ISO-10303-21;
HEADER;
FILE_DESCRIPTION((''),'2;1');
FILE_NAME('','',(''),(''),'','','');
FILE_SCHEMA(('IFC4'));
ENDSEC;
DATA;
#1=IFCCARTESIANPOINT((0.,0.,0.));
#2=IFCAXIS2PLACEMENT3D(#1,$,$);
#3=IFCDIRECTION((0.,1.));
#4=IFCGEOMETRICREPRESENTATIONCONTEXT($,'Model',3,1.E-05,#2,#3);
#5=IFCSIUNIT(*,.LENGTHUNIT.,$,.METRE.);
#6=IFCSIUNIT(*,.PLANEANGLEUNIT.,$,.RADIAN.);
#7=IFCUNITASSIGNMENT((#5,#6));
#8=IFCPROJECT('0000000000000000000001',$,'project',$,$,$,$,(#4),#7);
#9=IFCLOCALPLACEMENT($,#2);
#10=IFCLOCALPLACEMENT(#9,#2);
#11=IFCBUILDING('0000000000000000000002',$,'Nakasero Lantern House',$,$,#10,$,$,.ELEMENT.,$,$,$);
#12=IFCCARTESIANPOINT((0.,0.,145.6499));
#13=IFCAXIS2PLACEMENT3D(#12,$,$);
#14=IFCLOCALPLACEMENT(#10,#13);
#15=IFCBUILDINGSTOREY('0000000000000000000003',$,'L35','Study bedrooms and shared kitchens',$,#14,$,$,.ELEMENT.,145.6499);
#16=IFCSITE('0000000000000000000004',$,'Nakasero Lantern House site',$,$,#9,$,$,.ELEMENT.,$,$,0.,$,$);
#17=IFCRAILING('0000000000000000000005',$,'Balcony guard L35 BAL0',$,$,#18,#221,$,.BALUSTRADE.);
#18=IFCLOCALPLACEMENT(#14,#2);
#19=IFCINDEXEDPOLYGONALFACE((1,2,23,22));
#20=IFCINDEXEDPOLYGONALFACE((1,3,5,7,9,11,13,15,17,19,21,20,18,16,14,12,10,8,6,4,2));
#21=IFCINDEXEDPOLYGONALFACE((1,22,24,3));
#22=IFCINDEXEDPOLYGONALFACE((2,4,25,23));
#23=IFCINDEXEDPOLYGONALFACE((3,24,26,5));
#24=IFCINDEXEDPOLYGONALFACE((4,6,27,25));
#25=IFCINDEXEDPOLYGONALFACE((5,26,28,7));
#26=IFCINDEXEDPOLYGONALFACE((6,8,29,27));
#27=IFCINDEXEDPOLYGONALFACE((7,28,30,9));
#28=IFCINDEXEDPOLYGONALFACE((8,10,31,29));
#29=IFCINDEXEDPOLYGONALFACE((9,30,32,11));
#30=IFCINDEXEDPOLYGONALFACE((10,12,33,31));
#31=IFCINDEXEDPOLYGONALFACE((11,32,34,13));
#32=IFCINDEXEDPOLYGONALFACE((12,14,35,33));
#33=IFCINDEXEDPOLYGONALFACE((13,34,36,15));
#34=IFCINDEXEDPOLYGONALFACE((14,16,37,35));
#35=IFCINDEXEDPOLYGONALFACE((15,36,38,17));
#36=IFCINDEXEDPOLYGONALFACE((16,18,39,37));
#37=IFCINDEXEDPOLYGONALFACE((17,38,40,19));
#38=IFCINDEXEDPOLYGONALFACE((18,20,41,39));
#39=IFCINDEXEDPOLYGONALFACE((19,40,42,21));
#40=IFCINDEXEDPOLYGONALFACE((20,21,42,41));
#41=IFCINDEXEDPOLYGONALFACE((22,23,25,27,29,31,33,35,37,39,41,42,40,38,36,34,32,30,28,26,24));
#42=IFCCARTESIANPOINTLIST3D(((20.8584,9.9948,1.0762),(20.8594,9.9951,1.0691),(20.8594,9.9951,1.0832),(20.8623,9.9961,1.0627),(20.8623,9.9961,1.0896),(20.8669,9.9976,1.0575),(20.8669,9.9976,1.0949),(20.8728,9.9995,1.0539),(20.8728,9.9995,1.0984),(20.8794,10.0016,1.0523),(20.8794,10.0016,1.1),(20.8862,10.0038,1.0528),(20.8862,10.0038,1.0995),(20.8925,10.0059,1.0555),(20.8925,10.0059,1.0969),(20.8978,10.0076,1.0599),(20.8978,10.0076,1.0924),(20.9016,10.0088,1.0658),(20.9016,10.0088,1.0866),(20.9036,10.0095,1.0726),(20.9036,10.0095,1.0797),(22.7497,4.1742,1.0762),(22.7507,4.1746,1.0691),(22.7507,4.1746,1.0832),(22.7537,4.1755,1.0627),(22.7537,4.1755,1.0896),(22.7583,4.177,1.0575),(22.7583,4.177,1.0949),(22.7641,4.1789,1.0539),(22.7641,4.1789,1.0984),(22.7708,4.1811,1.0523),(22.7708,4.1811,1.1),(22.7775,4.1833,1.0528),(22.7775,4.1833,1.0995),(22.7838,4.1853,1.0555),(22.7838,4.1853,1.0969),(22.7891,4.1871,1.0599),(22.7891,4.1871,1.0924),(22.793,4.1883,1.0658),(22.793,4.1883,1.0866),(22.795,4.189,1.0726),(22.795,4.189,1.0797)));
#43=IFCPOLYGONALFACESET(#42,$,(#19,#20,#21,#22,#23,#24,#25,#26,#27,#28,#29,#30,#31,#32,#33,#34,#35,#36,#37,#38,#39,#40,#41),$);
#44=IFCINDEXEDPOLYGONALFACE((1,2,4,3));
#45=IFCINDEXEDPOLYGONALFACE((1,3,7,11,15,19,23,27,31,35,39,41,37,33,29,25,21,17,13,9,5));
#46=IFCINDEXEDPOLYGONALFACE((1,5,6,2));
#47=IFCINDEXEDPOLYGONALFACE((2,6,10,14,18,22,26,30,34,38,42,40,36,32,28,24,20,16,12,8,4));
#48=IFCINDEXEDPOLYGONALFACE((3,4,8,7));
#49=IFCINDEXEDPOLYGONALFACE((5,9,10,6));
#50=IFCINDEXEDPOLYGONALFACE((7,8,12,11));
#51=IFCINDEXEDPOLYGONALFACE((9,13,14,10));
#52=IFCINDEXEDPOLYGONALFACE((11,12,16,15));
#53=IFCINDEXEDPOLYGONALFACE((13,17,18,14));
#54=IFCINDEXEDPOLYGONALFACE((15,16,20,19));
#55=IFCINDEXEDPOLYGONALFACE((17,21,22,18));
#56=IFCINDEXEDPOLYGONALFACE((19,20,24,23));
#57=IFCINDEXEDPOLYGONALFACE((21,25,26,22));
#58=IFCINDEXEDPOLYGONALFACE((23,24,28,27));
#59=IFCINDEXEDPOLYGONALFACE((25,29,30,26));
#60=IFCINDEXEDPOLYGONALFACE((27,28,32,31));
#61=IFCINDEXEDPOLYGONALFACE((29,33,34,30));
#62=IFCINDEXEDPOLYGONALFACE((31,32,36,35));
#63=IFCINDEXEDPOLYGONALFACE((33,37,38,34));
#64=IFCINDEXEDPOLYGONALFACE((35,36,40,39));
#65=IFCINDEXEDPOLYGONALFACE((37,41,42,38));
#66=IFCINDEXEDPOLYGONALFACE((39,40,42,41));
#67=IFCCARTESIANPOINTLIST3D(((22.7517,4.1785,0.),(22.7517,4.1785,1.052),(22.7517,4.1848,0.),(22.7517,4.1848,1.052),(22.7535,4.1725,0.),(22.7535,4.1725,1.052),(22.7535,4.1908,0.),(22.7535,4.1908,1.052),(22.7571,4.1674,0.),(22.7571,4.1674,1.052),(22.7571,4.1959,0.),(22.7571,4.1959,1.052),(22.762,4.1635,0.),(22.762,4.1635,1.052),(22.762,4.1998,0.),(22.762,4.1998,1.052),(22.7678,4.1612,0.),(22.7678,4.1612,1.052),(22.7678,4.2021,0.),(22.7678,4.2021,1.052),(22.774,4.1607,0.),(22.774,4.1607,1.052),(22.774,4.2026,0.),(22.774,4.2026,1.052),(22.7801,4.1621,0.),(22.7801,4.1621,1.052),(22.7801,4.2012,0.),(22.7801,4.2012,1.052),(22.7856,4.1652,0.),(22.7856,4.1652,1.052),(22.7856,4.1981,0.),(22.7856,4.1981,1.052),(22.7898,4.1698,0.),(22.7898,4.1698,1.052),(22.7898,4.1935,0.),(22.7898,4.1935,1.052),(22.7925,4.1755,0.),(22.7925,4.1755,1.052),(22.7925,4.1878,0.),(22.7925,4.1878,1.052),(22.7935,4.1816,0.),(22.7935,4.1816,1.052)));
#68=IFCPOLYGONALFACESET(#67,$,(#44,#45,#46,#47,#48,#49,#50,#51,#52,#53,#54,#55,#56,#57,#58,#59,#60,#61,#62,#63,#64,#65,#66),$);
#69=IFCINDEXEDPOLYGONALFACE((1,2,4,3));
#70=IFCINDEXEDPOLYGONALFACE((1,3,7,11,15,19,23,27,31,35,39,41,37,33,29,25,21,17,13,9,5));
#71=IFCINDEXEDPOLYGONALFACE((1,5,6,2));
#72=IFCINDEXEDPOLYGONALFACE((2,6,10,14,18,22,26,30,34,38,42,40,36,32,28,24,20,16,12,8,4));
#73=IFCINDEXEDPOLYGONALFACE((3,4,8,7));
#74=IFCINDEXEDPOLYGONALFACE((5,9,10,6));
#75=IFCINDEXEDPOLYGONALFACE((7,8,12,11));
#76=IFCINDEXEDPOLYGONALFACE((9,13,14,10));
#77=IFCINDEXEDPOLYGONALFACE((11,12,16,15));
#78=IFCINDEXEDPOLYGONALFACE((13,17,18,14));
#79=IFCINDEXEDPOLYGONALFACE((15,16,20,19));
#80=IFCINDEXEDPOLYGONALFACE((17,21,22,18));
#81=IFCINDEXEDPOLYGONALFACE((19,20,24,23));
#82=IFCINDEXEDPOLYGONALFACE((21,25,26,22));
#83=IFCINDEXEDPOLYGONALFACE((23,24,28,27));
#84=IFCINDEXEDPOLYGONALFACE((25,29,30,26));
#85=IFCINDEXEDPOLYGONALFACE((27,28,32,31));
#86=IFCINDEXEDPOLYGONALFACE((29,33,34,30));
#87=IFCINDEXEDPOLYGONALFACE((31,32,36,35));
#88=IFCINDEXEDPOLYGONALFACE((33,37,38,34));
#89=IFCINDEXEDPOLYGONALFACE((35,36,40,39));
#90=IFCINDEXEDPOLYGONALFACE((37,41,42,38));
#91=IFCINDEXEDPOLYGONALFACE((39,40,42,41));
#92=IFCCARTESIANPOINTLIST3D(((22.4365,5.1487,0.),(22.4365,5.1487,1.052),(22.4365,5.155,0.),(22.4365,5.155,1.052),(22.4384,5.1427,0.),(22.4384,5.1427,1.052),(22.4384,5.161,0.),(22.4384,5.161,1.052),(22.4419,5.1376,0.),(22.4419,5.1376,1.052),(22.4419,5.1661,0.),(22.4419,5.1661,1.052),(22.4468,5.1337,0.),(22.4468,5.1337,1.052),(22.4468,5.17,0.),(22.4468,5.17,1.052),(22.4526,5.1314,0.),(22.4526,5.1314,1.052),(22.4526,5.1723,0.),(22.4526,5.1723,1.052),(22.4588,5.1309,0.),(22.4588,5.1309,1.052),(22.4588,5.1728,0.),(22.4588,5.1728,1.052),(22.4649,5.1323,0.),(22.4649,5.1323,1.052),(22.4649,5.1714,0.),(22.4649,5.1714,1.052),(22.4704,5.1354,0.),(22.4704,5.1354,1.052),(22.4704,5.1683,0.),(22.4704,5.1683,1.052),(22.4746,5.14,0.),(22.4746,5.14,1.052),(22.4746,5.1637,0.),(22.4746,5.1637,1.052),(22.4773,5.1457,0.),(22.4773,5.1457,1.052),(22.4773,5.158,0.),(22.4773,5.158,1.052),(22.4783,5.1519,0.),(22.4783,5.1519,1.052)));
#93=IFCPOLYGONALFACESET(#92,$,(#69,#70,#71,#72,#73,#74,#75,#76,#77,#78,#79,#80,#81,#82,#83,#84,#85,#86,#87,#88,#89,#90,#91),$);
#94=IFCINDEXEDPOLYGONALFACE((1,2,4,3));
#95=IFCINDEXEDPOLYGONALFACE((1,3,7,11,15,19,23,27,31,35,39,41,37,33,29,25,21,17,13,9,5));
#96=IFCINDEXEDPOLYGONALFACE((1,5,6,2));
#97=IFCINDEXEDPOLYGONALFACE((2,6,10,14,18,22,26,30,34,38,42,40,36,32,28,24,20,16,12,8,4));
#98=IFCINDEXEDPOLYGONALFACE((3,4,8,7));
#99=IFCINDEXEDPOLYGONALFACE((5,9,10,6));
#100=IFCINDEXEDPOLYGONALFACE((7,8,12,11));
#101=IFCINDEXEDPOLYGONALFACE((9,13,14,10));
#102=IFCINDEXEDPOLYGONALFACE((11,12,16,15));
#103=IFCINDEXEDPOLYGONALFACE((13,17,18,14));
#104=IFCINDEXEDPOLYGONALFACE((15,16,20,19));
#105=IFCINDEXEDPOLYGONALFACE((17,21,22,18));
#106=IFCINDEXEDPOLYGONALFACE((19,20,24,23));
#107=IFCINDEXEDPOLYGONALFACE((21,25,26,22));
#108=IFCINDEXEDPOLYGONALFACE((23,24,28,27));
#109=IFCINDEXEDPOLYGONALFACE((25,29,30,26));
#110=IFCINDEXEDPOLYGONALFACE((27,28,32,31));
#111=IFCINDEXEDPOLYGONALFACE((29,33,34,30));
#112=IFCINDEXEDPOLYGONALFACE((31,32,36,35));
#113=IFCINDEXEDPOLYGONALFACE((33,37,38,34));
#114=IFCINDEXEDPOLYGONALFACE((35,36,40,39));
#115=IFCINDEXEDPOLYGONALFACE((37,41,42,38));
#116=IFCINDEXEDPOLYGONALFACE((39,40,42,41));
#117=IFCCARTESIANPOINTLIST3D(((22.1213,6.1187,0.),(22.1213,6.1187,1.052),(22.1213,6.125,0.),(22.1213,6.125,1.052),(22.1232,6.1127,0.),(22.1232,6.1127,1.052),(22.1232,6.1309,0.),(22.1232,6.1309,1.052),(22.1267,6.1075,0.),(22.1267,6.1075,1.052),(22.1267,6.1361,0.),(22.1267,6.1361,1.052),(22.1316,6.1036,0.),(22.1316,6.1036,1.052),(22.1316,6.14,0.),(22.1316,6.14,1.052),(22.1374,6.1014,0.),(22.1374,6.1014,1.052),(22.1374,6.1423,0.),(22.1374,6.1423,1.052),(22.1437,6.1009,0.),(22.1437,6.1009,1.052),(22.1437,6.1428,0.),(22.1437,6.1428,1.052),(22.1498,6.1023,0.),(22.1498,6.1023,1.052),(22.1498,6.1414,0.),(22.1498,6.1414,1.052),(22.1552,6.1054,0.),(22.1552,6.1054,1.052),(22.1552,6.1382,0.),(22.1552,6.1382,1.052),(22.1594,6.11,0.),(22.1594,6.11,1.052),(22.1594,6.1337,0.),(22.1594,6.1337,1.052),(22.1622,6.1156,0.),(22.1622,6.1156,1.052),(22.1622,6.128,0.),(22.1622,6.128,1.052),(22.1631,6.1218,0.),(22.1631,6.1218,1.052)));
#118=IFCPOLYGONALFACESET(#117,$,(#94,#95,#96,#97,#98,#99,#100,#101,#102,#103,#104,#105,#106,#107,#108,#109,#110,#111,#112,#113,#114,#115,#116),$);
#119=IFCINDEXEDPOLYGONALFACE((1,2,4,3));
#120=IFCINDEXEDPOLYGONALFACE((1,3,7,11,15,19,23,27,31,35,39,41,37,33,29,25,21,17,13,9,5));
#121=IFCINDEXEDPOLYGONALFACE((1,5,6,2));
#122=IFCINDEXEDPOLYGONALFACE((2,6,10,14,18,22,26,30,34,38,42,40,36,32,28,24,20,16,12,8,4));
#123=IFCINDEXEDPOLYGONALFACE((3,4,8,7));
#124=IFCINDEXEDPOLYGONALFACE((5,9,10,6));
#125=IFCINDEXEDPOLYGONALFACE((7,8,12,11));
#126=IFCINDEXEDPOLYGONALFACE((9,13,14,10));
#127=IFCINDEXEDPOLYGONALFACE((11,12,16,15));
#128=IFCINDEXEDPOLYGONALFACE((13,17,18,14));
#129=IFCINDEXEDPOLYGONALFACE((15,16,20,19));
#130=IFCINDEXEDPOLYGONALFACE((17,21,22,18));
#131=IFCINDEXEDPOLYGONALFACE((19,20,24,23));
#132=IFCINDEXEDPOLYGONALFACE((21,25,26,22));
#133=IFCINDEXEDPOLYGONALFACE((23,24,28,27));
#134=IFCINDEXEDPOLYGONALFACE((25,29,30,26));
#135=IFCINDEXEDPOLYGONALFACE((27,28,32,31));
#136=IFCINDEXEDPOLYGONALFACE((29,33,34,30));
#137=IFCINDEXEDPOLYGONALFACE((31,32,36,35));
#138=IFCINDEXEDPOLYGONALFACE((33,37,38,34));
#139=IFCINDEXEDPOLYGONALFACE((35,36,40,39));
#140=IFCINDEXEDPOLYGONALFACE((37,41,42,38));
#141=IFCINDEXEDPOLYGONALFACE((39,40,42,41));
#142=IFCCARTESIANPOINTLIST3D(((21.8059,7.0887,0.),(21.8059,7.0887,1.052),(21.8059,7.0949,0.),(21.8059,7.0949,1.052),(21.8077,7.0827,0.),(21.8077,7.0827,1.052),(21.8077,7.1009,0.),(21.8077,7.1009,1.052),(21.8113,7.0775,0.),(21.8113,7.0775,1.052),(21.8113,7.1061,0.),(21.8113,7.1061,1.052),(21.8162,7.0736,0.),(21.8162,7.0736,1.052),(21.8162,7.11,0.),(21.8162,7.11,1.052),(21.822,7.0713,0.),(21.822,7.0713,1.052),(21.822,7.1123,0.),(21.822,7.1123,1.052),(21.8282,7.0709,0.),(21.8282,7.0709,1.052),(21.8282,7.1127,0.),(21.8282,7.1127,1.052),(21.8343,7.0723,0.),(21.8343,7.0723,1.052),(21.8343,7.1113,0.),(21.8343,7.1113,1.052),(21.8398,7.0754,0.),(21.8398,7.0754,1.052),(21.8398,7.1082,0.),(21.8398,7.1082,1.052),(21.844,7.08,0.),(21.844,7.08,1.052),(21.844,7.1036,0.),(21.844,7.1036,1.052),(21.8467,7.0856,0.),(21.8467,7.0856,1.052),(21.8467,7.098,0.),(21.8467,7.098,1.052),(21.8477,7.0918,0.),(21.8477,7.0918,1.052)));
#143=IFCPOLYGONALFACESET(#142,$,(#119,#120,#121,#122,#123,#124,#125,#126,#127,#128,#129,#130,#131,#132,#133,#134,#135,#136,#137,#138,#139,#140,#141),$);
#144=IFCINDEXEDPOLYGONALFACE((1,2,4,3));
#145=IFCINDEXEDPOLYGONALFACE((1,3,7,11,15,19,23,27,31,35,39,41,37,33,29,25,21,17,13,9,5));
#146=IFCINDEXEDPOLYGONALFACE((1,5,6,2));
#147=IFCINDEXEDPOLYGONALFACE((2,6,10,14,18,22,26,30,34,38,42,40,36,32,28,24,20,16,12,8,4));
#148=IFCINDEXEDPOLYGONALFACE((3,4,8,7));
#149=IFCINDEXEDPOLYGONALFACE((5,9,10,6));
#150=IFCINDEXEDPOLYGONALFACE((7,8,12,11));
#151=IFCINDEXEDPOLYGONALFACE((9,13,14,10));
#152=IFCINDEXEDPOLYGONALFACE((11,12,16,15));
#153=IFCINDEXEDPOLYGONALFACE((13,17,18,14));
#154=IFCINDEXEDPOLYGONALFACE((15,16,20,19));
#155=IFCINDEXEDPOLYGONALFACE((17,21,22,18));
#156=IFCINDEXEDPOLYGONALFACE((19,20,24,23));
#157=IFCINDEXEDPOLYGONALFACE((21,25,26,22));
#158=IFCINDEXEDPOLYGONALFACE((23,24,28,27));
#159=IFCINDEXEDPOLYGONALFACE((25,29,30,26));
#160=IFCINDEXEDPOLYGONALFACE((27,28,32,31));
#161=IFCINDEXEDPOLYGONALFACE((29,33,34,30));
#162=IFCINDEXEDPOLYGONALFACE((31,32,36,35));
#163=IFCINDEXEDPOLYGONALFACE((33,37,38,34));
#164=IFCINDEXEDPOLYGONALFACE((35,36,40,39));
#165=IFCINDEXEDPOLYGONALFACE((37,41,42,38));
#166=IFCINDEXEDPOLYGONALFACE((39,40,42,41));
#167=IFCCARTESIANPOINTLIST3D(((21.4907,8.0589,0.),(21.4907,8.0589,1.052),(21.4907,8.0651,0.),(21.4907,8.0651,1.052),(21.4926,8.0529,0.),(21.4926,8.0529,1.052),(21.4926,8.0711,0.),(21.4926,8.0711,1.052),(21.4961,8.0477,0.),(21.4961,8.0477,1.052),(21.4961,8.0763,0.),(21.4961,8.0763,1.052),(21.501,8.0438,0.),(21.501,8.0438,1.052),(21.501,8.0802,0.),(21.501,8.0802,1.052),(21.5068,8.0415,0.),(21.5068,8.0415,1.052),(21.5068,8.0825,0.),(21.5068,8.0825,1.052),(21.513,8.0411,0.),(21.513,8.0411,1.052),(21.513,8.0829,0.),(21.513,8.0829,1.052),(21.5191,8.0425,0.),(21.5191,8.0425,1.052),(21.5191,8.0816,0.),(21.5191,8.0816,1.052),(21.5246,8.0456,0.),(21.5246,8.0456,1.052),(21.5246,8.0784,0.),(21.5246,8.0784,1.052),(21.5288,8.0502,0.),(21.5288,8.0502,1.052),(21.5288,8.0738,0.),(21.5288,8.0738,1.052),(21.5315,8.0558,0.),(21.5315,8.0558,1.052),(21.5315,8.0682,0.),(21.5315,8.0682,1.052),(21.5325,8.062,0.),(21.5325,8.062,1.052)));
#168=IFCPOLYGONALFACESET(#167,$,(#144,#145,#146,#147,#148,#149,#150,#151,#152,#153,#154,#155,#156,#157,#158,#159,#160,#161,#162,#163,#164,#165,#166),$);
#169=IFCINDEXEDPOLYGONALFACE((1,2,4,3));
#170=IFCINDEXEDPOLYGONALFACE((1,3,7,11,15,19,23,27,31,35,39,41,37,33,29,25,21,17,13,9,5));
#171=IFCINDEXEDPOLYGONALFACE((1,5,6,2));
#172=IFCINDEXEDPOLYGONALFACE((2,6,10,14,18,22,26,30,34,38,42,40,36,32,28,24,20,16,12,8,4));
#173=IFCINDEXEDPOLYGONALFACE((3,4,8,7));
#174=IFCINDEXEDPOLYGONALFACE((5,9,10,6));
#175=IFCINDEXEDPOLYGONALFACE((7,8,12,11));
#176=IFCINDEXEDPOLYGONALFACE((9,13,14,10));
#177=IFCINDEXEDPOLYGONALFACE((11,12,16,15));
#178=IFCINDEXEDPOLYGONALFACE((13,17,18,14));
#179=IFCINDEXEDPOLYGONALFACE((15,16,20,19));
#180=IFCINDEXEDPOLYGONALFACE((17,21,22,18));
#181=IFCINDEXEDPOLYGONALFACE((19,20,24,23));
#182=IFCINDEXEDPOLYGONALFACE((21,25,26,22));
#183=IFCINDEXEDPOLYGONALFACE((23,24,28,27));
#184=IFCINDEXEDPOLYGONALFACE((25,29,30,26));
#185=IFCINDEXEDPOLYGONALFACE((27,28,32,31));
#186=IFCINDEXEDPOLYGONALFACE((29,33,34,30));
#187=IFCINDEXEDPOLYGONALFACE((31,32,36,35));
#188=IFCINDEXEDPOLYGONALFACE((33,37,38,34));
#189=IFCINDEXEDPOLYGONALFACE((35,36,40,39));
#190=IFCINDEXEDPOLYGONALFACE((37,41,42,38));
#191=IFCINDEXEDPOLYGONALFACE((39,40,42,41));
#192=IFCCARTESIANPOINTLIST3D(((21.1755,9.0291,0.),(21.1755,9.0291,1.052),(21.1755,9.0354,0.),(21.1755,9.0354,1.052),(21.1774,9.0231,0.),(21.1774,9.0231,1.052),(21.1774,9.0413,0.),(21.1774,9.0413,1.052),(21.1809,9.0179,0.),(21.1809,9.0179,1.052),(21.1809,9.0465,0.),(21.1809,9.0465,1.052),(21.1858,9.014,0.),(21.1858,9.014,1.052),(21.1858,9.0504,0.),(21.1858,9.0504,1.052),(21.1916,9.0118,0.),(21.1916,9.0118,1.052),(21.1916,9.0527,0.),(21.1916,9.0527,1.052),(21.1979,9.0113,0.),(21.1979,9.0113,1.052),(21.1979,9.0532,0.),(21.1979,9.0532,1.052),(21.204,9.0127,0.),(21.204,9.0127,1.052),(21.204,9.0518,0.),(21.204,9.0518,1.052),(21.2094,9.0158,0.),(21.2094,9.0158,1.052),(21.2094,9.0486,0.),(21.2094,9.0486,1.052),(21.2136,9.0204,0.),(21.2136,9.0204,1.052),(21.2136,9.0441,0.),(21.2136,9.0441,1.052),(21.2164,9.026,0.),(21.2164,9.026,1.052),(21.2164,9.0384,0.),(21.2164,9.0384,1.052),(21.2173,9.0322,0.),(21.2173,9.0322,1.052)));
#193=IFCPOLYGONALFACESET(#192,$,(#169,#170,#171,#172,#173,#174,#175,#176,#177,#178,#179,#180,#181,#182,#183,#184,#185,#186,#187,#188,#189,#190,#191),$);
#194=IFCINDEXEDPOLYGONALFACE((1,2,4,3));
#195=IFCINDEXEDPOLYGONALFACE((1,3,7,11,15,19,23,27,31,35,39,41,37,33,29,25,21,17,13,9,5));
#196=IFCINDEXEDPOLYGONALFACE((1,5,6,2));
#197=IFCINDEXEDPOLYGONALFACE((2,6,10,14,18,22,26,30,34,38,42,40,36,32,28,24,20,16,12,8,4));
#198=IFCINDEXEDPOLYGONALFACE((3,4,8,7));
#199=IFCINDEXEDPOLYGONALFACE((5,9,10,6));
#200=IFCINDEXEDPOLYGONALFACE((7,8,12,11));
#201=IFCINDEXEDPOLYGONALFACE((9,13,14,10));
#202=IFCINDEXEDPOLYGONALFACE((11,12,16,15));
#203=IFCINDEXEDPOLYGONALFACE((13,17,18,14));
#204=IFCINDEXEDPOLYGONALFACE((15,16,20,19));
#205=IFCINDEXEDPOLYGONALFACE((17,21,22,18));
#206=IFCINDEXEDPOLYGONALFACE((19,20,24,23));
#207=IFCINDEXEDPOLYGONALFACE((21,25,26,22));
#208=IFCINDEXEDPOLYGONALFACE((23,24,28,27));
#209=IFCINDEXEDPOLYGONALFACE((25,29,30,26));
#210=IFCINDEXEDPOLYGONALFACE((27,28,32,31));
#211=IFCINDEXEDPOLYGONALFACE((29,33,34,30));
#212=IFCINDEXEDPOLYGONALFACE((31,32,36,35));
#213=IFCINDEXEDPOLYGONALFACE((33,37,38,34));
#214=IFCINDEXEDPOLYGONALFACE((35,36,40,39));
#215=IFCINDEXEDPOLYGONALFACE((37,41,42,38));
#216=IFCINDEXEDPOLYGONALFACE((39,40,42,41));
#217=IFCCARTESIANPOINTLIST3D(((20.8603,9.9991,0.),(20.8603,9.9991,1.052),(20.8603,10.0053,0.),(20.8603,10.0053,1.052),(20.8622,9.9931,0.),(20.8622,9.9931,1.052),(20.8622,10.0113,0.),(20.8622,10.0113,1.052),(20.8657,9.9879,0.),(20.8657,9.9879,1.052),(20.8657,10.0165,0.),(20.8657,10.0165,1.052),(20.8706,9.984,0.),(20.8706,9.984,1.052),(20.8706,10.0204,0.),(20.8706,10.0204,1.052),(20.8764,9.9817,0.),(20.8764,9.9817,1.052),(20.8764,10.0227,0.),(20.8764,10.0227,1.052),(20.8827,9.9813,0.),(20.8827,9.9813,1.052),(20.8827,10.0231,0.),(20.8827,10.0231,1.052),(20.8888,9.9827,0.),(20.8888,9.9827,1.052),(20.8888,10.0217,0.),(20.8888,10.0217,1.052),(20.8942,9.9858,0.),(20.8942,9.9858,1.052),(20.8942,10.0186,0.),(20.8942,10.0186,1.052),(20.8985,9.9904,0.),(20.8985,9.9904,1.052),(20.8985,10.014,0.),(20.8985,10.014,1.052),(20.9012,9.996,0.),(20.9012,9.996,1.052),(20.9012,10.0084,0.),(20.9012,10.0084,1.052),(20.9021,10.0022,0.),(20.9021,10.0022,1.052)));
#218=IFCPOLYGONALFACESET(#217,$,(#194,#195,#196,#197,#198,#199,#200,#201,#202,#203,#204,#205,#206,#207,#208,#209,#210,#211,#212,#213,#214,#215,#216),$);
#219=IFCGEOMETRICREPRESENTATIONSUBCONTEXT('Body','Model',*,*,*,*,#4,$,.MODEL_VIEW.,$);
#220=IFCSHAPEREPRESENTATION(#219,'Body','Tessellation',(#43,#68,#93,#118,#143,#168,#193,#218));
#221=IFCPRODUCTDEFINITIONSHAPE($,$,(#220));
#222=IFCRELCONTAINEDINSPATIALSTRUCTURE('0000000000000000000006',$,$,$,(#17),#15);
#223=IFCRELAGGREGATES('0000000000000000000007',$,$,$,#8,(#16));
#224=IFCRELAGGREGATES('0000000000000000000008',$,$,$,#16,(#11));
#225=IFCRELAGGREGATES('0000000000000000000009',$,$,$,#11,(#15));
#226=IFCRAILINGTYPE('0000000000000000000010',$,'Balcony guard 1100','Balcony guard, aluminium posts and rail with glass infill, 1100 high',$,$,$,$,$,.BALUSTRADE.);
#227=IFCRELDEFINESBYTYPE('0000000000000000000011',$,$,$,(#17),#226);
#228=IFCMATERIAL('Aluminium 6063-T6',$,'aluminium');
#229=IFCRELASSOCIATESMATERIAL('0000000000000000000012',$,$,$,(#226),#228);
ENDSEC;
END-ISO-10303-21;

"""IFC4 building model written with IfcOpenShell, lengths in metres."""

from ifc_helpers import new_model, si_unit, direction, frame, origin, origin_2d, place, context, subcontext, project, spatial, circle, extrude, material, type_object, element, save


model = new_model("IFC4")

# Units and contexts
model_context = context("Model", 3, precision=1e-05, world=origin(), true_north=direction((0.0, 1.0)))
body_context = subcontext(model_context, "Body", "Model", "MODEL_VIEW")
ifc_project = project(units=[si_unit("LENGTHUNIT", "METRE"), si_unit("PLANEANGLEUNIT", "RADIAN")], contexts=[model_context])

# Site, building, storey
site_placement = place(None, origin())
site = spatial("IfcSite", under=ifc_project, at=site_placement, Name="Nakasero Lantern House site", CompositionType="ELEMENT", RefElevation=0.0)
building_placement = place(site_placement, origin())
building = spatial("IfcBuilding", under=site, at=building_placement, Name="Nakasero Lantern House", CompositionType="ELEMENT")
storey_placement = place(building_placement, frame((0.0, 0.0, 145.6499)))
storey = spatial("IfcBuildingStorey", under=building, at=storey_placement, Name="L35", Description="Study bedrooms and shared kitchens", CompositionType="ELEMENT", Elevation=145.6499)

# Railing
ifc_material_1 = material(Name="Aluminium 6063-T6", Category="aluminium")
railing_type = type_object("IfcRailingType", Name="Balcony guard 1100", Description="Balcony guard, aluminium posts and rail with glass infill, 1100 high", PredefinedType="BALUSTRADE", material=ifc_material_1)
railing_placement = place(storey_placement, frame((22.7725, 4.1816, 0.0)))
element("IfcRailing", 1, at=railing_placement, inside=storey, type_object=railing_type, Name="Balcony guard L35 BAL0", PredefinedType="BALUSTRADE", context=body_context, shape_type="SweptSolid", body=[
    extrude(circle(Radius=0.0239, at=origin_2d()), frame((0.0, 0.0, 1.0762), z_axis=(-0.309038, 0.95105, 0.0), x_axis=(-0.95105, -0.309038, 0.0)), (0.0, 0.0, 1.0), 6.1201),
    extrude(circle(Radius=0.021, at=origin_2d()), origin(), (0.0, 0.0, 1.0), 1.052),
    extrude(circle(Radius=0.021, at=origin_2d()), frame((-0.3152, 0.9702, 0.0)), (0.0, 0.0, 1.0), 1.052),
    extrude(circle(Radius=0.021, at=origin_2d()), frame((-0.6304, 1.9402, 0.0)), (0.0, 0.0, 1.0), 1.052),
    extrude(circle(Radius=0.021, at=origin_2d()), frame((-0.9458, 2.9102, 0.0)), (0.0, 0.0, 1.0), 1.052),
    extrude(circle(Radius=0.021, at=origin_2d()), frame((-1.261, 3.8804, 0.0)), (0.0, 0.0, 1.0), 1.052),
    extrude(circle(Radius=0.021, at=origin_2d()), frame((-1.5762, 4.8506, 0.0)), (0.0, 0.0, 1.0), 1.052),
    extrude(circle(Radius=0.021, at=origin_2d()), frame((-1.8914, 5.8206, 0.0)), (0.0, 0.0, 1.0), 1.052),
])

save(model, "model.ifc")
